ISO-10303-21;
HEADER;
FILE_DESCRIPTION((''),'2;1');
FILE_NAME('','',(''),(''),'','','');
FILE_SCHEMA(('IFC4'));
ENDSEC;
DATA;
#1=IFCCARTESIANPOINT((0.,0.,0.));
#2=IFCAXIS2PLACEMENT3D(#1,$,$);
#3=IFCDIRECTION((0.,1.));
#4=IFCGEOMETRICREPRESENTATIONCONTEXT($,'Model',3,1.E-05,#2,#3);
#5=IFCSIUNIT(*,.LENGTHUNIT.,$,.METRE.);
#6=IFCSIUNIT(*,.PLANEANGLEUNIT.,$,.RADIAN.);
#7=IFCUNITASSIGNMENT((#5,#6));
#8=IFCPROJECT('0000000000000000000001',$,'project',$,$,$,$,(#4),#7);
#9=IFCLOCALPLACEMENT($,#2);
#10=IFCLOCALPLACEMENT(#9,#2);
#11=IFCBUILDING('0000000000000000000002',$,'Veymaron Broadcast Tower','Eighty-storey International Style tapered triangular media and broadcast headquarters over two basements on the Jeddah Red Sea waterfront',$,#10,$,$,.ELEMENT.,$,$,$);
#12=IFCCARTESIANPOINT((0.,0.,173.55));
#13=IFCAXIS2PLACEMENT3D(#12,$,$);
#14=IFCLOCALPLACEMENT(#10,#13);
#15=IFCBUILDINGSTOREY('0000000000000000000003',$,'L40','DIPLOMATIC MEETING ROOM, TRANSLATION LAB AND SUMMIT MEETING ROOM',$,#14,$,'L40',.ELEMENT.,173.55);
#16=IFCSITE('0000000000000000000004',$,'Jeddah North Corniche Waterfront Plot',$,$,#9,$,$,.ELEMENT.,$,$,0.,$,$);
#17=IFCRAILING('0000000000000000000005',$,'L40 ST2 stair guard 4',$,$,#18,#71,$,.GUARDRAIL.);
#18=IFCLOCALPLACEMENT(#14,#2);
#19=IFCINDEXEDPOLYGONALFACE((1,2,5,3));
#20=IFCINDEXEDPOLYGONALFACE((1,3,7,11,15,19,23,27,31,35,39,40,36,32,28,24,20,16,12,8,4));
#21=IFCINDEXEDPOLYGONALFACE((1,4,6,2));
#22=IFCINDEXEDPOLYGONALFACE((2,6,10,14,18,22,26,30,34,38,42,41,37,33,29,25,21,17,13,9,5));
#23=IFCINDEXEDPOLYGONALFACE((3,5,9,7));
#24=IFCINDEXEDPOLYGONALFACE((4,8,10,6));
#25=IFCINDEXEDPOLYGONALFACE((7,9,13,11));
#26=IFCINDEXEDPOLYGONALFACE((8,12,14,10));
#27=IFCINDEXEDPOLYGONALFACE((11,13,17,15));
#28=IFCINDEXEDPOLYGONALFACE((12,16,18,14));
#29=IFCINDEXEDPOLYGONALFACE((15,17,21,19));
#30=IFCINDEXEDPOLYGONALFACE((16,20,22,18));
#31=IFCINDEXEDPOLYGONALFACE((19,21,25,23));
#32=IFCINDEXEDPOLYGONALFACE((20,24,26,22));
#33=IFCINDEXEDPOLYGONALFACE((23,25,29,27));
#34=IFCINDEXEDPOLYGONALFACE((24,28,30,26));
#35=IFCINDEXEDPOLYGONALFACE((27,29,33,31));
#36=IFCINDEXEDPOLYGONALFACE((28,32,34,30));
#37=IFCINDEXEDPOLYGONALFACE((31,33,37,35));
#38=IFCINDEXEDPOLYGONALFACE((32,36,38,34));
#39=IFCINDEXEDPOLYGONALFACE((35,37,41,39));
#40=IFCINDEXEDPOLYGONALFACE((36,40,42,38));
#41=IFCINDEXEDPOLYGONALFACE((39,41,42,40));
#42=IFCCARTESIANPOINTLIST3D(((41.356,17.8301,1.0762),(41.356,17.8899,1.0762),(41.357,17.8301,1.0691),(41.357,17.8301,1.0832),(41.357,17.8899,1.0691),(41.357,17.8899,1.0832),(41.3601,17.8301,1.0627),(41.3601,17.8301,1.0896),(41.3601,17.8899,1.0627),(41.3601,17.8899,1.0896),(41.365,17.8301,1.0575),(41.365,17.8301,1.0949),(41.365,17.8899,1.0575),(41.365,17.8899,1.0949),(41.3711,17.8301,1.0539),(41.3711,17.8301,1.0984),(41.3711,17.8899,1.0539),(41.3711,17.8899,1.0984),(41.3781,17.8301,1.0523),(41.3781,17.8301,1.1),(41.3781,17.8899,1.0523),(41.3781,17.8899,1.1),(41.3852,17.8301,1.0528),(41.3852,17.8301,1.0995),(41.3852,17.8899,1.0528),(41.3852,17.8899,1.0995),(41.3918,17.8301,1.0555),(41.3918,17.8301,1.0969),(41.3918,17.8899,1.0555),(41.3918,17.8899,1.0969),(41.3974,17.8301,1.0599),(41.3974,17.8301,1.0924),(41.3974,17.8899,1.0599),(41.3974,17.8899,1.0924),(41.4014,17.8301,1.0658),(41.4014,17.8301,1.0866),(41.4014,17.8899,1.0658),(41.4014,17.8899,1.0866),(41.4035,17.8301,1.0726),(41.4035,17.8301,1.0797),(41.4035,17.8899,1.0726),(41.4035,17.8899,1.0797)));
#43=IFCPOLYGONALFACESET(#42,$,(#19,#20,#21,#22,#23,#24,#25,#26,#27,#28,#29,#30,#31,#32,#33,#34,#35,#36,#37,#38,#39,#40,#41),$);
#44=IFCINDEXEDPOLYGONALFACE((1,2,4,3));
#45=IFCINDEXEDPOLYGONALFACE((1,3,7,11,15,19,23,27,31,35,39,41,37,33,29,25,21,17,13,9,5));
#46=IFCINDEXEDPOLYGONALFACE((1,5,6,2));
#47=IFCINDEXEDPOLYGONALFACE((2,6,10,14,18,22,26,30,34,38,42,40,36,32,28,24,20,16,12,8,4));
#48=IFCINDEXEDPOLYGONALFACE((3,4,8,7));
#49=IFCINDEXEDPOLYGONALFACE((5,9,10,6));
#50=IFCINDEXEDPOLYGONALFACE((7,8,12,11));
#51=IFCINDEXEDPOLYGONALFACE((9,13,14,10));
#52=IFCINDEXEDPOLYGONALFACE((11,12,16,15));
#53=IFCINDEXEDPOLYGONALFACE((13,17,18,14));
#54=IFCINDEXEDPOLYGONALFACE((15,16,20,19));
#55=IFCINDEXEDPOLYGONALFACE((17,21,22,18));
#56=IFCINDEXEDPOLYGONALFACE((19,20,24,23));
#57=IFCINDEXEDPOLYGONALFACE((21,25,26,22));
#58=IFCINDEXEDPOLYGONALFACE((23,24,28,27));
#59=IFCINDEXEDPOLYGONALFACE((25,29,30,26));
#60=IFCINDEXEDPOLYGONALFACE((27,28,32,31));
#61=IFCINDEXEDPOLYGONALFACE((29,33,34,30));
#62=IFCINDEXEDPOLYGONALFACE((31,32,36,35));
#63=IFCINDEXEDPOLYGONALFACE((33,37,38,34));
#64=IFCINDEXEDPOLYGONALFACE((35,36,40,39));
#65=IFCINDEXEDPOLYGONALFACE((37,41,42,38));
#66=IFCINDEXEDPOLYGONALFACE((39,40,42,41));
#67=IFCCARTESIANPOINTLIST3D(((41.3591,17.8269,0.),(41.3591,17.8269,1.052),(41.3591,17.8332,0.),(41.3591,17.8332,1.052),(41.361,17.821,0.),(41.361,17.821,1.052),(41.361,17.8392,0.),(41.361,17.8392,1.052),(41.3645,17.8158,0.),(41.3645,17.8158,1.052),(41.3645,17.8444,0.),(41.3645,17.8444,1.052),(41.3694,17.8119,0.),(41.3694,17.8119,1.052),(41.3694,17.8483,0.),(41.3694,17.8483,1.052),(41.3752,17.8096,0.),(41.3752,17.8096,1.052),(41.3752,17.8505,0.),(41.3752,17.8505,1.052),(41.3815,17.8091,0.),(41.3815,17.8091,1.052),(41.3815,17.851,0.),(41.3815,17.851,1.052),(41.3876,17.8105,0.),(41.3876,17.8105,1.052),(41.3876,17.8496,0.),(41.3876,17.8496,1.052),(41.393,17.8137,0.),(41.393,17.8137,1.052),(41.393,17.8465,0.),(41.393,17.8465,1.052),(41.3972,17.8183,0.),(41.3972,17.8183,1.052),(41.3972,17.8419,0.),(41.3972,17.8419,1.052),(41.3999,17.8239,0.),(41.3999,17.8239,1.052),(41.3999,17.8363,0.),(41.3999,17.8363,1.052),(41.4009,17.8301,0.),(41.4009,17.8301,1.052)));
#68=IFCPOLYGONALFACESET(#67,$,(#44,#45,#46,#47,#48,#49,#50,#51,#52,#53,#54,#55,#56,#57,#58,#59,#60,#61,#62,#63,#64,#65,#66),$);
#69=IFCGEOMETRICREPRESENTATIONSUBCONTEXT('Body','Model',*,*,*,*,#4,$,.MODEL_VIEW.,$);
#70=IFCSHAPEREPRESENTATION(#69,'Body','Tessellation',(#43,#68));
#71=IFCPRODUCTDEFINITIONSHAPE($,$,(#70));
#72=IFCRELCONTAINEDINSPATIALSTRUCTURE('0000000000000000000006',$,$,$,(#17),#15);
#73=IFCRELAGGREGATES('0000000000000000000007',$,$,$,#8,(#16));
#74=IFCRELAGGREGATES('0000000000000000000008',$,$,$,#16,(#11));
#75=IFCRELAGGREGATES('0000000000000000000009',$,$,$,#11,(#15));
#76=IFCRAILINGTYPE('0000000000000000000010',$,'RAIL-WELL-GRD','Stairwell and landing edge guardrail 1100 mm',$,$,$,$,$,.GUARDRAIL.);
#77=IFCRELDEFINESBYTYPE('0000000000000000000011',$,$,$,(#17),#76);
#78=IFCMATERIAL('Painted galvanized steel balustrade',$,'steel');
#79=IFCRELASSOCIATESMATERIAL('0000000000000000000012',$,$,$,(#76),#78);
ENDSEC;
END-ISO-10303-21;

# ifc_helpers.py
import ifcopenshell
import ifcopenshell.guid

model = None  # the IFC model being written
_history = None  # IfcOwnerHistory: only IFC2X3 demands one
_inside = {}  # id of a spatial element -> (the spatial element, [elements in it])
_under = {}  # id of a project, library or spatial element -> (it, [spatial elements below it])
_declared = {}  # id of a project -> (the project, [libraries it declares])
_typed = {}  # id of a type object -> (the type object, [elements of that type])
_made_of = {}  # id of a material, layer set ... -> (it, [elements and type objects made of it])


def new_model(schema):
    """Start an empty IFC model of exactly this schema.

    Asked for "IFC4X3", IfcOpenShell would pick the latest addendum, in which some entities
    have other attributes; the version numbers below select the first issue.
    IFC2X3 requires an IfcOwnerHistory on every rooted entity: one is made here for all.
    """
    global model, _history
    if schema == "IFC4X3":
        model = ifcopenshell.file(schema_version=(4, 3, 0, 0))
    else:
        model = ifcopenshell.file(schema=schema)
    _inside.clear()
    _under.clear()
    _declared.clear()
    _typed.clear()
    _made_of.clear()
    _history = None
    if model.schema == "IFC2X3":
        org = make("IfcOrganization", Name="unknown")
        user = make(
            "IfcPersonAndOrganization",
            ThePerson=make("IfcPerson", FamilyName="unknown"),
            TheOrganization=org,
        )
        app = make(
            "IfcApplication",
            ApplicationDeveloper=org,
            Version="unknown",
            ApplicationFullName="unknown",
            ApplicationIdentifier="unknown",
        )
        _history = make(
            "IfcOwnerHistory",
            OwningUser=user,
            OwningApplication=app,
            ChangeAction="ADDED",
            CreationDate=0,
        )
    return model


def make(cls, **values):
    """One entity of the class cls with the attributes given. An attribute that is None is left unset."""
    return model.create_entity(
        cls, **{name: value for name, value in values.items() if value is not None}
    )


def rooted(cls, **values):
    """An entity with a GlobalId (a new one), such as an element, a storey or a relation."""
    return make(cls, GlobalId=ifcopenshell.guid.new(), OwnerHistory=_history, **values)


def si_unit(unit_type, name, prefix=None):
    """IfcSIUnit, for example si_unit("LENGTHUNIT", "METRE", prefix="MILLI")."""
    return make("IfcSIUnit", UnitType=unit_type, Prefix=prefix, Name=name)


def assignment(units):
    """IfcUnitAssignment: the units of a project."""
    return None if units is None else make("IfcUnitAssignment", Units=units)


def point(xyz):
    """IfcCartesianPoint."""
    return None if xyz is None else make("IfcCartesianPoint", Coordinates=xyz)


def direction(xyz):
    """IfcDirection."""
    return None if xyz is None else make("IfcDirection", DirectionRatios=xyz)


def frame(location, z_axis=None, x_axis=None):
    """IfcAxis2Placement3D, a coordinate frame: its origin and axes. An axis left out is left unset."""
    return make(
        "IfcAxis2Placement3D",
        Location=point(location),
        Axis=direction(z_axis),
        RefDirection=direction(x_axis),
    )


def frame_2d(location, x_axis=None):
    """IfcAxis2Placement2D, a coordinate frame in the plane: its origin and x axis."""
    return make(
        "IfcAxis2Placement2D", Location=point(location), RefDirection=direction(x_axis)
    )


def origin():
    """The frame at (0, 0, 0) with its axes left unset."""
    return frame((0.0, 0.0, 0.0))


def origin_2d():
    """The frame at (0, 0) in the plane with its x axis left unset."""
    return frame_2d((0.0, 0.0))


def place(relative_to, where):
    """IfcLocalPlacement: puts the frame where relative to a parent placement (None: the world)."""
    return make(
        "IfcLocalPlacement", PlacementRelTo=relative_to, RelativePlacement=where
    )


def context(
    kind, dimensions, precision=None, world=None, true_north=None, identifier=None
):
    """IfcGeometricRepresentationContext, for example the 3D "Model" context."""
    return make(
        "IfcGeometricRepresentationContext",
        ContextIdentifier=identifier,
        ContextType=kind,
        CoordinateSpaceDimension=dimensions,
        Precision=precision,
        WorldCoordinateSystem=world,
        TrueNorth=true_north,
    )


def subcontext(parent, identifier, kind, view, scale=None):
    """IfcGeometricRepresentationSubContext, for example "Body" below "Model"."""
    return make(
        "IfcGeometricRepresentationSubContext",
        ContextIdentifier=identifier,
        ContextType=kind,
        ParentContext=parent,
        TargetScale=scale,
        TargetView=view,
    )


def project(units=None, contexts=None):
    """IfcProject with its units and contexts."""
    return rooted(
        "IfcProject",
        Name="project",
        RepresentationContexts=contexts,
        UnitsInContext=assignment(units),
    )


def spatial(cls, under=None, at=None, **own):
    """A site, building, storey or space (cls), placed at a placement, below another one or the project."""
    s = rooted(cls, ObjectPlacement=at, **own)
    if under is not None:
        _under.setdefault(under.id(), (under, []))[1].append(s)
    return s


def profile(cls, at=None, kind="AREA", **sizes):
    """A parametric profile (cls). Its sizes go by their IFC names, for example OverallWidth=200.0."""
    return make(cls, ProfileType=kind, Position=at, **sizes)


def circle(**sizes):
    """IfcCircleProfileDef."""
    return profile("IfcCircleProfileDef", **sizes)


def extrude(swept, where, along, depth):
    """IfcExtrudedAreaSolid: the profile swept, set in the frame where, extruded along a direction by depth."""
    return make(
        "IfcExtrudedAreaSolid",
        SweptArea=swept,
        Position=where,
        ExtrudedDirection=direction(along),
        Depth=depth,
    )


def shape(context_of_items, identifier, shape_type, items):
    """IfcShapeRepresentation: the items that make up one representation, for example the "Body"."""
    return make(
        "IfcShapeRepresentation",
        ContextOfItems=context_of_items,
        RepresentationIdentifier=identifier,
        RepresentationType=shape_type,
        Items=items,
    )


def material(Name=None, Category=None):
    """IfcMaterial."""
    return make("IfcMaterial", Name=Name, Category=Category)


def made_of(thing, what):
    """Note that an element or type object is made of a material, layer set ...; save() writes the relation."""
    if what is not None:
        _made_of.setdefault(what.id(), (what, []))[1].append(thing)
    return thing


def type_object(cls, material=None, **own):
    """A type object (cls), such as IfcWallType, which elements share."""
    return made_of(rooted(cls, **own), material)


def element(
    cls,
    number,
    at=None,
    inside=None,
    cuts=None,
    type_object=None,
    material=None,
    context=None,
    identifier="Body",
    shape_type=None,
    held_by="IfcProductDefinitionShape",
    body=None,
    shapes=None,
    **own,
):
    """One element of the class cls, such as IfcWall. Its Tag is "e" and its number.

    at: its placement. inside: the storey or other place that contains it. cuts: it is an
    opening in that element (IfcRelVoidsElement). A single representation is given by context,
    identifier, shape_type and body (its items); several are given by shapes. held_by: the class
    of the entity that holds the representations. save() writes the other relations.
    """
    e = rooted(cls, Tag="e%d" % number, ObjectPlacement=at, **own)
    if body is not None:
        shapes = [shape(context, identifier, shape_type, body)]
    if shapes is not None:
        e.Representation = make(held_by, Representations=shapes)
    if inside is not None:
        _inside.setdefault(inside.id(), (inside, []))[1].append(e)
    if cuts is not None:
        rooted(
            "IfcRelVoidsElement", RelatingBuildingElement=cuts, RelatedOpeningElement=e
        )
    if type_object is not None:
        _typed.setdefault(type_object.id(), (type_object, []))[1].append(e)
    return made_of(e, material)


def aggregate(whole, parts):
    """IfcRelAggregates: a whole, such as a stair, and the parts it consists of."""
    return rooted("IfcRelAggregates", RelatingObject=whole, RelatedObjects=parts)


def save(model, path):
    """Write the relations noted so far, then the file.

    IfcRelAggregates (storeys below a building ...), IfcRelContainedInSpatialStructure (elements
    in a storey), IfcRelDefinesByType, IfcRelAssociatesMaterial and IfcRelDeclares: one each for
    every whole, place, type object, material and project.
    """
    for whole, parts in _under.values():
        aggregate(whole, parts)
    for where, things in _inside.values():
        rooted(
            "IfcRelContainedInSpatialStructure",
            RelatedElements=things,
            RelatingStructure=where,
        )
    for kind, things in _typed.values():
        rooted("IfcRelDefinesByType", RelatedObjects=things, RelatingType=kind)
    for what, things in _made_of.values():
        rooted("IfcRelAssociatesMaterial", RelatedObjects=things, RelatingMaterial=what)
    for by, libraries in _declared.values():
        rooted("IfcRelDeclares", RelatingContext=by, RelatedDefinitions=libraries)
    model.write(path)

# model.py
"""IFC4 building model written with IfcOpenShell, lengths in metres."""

from ifc_helpers import new_model, si_unit, direction, frame, origin, origin_2d, place, context, subcontext, project, spatial, circle, extrude, material, type_object, element, save


model = new_model("IFC4")

# Units and contexts
model_context = context("Model", 3, precision=1e-05, world=origin(), true_north=direction((0.0, 1.0)))
body_context = subcontext(model_context, "Body", "Model", "MODEL_VIEW")
ifc_project = project(units=[si_unit("LENGTHUNIT", "METRE"), si_unit("PLANEANGLEUNIT", "RADIAN")], contexts=[model_context])

# Site, building, storey
site_placement = place(None, origin())
site = spatial("IfcSite", under=ifc_project, at=site_placement, Name="Jeddah North Corniche Waterfront Plot", CompositionType="ELEMENT", RefElevation=0.0)
building_placement = place(site_placement, origin())
building = spatial("IfcBuilding", under=site, at=building_placement, Name="Veymaron Broadcast Tower", Description="Eighty-storey International Style tapered triangular media and broadcast headquarters over two basements on the Jeddah Red Sea waterfront", CompositionType="ELEMENT")
storey_placement = place(building_placement, frame((0.0, 0.0, 173.55)))
storey = spatial("IfcBuildingStorey", under=building, at=storey_placement, Name="L40", Description="DIPLOMATIC MEETING ROOM, TRANSLATION LAB AND SUMMIT MEETING ROOM", LongName="L40", CompositionType="ELEMENT", Elevation=173.55)

# Railing
ifc_material_1 = material(Name="Painted galvanized steel balustrade", Category="steel")
railing_type_1 = type_object("IfcRailingType", Name="RAIL-WELL-GRD", Description="Stairwell and landing edge guardrail 1100 mm", PredefinedType="GUARDRAIL", material=ifc_material_1)
railing_1_placement = place(storey_placement, frame((41.3799, 17.8301, 0.0)))
element("IfcRailing", 1, at=railing_1_placement, inside=storey, type_object=railing_type_1, Name="L40 ST2 stair guard 4", PredefinedType="GUARDRAIL", context=body_context, shape_type="SweptSolid", body=[
    extrude(circle(Radius=0.0239, at=origin_2d()), frame((0.0, 0.0, 1.0762), z_axis=(0.0, 1.0, 0.0), x_axis=(-1.0, 0.0, 0.0)), (0.0, 0.0, 1.0), 0.0598),
    extrude(circle(Radius=0.021, at=origin_2d()), origin(), (0.0, 0.0, 1.0), 1.052),
])

save(model, "model.ifc")
